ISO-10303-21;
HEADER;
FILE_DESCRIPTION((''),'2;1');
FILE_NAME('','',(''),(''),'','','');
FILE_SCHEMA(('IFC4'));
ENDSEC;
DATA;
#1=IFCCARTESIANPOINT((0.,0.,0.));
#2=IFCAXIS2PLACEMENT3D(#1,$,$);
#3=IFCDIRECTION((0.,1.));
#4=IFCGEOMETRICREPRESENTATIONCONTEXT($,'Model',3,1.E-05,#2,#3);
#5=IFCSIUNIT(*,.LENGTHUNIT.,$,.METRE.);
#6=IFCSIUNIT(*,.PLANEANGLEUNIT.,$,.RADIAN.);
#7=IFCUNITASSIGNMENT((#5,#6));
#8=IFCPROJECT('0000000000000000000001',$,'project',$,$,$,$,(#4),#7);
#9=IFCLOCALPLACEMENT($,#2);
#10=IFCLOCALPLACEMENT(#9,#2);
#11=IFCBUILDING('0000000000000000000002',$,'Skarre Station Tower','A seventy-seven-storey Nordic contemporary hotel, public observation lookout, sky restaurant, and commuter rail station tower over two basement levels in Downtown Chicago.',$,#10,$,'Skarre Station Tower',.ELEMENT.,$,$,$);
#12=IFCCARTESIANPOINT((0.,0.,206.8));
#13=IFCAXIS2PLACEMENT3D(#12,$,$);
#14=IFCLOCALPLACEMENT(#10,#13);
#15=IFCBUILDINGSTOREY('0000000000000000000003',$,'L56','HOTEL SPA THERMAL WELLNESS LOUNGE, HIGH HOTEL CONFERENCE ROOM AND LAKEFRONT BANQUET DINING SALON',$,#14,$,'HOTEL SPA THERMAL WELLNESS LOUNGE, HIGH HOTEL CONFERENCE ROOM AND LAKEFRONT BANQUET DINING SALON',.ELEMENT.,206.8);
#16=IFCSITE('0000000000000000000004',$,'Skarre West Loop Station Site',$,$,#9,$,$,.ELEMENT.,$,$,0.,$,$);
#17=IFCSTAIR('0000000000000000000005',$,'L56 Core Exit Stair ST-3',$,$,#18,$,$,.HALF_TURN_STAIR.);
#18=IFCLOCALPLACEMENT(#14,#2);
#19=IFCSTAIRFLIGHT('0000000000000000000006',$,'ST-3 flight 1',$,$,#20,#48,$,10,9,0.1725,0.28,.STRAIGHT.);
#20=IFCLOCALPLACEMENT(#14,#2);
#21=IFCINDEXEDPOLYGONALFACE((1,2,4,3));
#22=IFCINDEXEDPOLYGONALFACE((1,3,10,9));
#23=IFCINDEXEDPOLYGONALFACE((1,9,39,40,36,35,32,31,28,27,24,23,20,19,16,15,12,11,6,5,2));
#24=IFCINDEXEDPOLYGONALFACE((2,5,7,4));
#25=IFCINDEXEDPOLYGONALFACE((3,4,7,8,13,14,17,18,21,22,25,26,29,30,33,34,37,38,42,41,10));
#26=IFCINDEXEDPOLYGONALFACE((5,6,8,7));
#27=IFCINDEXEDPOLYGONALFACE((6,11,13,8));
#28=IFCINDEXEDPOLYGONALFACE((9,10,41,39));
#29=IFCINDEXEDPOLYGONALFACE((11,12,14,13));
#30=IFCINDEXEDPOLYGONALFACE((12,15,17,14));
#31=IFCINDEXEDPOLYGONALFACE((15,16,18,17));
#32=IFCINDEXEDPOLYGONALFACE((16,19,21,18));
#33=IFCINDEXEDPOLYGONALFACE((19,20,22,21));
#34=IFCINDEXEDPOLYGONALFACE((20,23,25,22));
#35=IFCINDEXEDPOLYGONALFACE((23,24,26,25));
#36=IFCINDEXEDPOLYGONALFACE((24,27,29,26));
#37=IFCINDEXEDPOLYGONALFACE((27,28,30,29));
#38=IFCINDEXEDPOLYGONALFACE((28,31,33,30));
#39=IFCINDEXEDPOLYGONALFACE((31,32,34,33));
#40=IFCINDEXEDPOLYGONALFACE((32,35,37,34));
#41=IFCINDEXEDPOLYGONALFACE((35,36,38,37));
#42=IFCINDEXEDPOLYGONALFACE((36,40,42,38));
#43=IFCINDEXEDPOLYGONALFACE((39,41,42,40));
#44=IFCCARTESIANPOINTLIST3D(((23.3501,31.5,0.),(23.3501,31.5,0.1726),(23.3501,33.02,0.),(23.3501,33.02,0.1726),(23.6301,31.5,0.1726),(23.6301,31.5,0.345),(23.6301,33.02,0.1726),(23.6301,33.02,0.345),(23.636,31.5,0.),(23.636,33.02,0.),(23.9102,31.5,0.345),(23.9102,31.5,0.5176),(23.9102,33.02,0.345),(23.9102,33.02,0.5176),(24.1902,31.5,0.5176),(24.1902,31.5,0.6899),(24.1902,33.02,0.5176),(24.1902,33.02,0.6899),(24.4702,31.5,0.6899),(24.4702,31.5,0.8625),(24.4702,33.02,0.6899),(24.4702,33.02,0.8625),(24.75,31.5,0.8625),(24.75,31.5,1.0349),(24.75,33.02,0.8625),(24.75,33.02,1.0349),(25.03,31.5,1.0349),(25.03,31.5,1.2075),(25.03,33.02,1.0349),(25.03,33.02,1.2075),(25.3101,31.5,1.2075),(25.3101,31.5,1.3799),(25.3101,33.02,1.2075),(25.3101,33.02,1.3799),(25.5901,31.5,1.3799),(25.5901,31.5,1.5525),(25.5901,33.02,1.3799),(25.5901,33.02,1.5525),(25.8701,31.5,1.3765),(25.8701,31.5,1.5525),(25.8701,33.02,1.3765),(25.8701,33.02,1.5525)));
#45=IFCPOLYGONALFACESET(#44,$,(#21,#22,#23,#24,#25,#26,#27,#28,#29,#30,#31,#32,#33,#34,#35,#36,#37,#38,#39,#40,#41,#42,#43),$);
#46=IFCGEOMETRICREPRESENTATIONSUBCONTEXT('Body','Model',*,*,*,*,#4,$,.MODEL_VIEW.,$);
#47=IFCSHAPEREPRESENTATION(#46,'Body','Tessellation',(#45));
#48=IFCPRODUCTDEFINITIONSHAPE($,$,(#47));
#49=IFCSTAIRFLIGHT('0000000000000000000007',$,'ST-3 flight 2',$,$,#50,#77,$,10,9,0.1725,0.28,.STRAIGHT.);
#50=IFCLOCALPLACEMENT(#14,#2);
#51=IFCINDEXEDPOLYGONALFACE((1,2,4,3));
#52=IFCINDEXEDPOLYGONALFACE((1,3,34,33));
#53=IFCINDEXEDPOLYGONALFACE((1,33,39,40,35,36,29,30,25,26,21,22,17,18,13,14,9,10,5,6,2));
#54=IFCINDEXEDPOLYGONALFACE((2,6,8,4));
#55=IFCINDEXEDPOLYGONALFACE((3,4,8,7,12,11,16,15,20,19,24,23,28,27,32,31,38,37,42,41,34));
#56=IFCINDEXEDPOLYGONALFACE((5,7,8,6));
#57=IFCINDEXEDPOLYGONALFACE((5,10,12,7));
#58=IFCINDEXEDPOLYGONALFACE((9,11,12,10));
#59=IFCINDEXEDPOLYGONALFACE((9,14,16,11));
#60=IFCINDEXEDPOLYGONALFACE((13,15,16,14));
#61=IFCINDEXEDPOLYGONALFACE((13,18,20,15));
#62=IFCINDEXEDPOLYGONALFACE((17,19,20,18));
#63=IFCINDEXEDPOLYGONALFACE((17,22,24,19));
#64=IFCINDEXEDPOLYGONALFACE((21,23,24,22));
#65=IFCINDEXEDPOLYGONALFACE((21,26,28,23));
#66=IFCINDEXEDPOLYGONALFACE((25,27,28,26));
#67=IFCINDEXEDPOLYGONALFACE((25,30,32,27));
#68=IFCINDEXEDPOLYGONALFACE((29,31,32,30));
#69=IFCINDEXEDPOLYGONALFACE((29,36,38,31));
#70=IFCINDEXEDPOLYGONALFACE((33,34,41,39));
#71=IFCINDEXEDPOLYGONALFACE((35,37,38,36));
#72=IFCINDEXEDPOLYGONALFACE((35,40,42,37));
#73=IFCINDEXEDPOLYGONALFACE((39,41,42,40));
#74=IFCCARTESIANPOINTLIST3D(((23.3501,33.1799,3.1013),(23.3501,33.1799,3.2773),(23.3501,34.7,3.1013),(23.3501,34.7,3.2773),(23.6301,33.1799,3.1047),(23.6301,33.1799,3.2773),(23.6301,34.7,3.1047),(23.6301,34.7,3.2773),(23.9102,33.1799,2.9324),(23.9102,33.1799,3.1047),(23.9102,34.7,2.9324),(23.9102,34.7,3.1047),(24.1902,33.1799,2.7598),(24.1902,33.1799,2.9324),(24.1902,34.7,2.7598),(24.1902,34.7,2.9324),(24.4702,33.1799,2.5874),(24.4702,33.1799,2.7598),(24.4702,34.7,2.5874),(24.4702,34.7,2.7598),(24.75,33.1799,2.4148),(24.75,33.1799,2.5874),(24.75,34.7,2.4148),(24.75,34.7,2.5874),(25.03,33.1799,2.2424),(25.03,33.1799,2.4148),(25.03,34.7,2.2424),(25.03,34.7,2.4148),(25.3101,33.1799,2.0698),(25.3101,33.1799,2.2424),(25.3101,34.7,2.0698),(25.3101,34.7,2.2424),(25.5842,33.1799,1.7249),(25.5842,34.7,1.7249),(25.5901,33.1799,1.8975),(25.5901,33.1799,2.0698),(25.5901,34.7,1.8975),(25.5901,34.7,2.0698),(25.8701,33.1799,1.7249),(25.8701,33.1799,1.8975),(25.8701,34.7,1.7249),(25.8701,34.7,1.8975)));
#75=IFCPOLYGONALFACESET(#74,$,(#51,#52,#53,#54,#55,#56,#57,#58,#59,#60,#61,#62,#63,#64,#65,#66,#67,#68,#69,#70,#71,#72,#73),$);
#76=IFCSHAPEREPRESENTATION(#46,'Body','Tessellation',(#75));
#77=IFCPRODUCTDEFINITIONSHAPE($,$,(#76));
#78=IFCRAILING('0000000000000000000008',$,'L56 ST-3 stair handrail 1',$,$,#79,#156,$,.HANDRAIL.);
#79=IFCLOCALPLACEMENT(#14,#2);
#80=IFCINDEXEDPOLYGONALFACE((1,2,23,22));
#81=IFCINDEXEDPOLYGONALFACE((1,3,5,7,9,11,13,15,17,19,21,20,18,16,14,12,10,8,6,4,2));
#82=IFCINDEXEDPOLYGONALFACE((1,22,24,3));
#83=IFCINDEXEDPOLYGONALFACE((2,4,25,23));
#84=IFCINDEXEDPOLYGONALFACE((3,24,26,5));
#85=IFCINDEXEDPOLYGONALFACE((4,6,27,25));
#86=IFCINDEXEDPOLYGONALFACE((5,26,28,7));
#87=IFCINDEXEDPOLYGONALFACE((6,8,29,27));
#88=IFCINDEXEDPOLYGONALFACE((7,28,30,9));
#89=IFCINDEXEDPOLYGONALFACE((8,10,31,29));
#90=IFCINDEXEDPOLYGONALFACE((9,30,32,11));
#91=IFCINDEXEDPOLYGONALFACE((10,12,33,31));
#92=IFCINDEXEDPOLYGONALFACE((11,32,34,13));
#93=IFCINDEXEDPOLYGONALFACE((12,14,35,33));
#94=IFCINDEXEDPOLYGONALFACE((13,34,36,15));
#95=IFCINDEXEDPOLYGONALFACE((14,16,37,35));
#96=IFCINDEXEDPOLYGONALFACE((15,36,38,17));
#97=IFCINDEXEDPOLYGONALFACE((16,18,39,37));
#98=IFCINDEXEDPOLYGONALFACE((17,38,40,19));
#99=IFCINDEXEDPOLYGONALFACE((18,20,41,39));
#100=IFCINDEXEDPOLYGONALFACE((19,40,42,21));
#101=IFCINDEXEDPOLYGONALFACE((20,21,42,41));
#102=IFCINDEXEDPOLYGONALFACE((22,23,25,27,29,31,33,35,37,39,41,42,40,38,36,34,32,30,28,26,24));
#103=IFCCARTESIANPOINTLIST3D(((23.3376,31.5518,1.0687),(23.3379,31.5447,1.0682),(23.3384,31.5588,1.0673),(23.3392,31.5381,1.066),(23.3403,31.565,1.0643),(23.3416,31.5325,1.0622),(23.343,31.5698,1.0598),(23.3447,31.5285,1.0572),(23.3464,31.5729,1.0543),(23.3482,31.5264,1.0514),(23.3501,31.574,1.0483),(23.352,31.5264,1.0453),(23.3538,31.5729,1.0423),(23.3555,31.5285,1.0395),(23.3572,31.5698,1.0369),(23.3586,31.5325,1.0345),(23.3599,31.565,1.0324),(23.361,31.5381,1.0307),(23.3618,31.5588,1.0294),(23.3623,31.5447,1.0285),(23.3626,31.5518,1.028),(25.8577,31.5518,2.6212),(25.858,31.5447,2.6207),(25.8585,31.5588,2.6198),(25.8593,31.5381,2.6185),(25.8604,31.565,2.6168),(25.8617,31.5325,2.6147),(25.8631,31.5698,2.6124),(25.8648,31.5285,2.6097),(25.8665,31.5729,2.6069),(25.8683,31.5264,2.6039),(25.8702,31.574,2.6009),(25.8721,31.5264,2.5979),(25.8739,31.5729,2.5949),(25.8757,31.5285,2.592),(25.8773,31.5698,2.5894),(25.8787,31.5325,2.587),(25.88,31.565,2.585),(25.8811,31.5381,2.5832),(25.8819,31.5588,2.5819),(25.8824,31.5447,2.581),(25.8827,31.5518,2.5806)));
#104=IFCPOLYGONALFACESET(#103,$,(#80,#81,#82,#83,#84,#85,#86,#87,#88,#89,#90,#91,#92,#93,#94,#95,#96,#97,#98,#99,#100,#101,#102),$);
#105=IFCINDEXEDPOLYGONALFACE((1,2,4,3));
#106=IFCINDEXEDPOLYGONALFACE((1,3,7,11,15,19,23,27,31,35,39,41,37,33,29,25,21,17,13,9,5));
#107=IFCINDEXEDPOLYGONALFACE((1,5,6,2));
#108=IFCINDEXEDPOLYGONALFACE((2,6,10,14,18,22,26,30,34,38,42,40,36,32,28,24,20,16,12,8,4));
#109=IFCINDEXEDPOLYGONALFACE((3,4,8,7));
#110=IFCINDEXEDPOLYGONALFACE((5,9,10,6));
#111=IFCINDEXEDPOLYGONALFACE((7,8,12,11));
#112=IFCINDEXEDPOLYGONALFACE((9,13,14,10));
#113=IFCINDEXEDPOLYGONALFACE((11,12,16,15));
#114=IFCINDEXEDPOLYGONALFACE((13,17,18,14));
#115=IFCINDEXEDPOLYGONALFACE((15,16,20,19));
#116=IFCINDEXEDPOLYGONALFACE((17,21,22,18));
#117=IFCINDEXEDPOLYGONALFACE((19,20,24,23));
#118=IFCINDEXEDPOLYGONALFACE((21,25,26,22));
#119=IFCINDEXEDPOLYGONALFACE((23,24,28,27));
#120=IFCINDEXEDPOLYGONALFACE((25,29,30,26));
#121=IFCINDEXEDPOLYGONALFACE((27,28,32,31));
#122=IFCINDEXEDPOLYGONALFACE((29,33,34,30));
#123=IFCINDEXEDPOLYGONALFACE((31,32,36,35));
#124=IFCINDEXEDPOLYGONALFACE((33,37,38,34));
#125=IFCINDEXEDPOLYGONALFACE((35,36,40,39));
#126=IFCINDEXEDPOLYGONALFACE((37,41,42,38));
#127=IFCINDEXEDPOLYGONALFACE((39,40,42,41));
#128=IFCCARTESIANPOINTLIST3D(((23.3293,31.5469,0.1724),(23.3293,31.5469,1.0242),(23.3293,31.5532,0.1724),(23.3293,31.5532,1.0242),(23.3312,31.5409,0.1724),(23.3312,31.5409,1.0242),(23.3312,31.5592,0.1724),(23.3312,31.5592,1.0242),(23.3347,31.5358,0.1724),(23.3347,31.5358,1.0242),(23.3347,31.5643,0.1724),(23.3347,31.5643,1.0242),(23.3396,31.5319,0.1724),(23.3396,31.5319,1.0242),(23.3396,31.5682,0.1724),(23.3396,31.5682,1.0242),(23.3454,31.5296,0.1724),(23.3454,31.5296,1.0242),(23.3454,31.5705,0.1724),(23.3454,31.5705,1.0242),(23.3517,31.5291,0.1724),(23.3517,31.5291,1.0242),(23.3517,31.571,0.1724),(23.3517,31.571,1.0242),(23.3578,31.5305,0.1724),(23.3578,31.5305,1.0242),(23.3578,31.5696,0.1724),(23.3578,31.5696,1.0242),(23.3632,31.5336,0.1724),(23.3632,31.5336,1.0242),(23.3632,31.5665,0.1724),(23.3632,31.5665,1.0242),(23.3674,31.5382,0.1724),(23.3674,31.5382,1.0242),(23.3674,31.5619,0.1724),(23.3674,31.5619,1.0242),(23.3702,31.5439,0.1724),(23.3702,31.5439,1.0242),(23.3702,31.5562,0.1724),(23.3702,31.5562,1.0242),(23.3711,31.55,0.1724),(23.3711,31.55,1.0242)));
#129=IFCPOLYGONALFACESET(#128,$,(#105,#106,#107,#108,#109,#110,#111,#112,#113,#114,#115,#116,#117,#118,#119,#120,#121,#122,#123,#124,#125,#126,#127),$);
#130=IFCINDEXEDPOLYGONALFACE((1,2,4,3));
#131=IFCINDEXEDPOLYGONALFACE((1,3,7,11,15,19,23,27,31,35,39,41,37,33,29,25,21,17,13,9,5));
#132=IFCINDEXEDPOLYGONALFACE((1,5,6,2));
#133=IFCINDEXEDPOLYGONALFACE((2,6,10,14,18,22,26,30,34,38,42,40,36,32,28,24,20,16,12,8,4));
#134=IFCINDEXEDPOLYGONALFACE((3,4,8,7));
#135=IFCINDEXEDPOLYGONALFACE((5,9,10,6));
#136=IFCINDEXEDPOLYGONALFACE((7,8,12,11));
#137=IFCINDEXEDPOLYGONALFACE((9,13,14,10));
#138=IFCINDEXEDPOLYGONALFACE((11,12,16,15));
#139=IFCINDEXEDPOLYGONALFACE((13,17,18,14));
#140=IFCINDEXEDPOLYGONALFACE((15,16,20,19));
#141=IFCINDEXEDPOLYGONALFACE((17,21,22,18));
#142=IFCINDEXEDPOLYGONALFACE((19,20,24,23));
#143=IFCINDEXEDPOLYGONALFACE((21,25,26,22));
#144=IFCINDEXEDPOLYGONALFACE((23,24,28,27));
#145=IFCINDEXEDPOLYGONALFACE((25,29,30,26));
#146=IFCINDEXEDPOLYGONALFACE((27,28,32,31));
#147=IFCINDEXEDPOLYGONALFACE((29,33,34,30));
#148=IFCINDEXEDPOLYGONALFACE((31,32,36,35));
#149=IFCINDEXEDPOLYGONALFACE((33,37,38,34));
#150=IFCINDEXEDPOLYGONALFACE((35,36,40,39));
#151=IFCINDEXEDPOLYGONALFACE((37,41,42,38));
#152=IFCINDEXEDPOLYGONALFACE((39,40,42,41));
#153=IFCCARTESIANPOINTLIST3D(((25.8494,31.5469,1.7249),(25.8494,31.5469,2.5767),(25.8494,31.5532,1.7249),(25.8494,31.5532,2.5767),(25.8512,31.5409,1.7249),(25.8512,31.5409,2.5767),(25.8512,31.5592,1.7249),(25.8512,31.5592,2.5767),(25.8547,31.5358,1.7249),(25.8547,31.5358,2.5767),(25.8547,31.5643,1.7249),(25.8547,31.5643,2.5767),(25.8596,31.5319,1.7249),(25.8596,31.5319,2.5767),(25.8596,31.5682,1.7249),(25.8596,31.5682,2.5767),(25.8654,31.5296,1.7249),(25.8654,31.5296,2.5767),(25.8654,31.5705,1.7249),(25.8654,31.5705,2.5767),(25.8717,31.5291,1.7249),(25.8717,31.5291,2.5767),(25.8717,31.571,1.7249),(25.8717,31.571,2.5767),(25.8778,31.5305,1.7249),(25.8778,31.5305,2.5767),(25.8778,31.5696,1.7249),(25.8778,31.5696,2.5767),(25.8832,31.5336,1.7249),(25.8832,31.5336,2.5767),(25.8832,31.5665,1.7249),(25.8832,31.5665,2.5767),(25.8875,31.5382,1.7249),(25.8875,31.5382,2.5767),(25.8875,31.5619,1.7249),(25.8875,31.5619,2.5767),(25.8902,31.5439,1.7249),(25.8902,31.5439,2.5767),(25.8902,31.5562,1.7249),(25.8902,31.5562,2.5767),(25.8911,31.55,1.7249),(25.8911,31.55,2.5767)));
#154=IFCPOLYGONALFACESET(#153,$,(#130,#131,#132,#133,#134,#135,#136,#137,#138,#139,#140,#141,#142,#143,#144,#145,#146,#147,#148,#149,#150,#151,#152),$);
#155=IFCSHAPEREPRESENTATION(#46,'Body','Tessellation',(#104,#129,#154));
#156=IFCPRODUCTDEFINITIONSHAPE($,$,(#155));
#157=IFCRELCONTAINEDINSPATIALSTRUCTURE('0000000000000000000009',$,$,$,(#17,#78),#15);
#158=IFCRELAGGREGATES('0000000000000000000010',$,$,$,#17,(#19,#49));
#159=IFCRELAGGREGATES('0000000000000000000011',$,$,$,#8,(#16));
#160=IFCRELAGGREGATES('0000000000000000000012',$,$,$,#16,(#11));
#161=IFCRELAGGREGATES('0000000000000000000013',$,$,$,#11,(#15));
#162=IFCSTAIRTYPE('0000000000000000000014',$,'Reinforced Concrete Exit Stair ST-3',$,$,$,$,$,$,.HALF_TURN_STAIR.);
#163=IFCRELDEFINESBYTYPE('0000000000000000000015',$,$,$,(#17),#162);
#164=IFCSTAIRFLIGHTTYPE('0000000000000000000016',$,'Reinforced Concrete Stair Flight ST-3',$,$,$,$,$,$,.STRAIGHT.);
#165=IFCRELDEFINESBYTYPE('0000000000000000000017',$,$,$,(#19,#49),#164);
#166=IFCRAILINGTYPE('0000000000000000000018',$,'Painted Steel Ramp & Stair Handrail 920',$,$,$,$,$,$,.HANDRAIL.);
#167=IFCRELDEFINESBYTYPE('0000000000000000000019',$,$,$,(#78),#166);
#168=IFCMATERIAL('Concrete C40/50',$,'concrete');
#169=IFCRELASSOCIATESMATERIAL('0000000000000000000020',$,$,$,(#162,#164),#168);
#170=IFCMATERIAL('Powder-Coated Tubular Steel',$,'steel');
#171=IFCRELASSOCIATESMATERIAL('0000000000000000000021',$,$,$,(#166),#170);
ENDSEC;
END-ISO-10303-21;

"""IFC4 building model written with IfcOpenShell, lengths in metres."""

from ifc_helpers import new_model, si_unit, direction, frame, origin, origin_2d, place, context, subcontext, project, spatial, polyline, circle, outline, extrude, material, type_object, element, aggregate, save


model = new_model("IFC4")

# Units and contexts
model_context = context("Model", 3, precision=1e-05, world=origin(), true_north=direction((0.0, 1.0)))
body_context = subcontext(model_context, "Body", "Model", "MODEL_VIEW")
ifc_project = project(units=[si_unit("LENGTHUNIT", "METRE"), si_unit("PLANEANGLEUNIT", "RADIAN")], contexts=[model_context])

# Site, building, storey
site_placement = place(None, origin())
site = spatial("IfcSite", under=ifc_project, at=site_placement, Name="Skarre West Loop Station Site", CompositionType="ELEMENT", RefElevation=0.0)
building_placement = place(site_placement, origin())
building = spatial("IfcBuilding", under=site, at=building_placement, Name="Skarre Station Tower", Description="A seventy-seven-storey Nordic contemporary hotel, public observation lookout, sky restaurant, and commuter rail station tower over two basement levels in Downtown Chicago.", LongName="Skarre Station Tower", CompositionType="ELEMENT")
storey_placement = place(building_placement, frame((0.0, 0.0, 206.8)))
storey = spatial("IfcBuildingStorey", under=building, at=storey_placement, Name="L56", Description="HOTEL SPA THERMAL WELLNESS LOUNGE, HIGH HOTEL CONFERENCE ROOM AND LAKEFRONT BANQUET DINING SALON", LongName="HOTEL SPA THERMAL WELLNESS LOUNGE, HIGH HOTEL CONFERENCE ROOM AND LAKEFRONT BANQUET DINING SALON", CompositionType="ELEMENT", Elevation=206.8)

# Stair, stair flights
ifc_material_1 = material(Name="Concrete C40/50", Category="concrete")
stair_type = type_object("IfcStairType", Name="Reinforced Concrete Exit Stair ST-3", PredefinedType="HALF_TURN_STAIR", material=ifc_material_1)
stair_placement = place(storey_placement, origin())
stair = element("IfcStair", 1, at=stair_placement, inside=storey, type_object=stair_type, Name="L56 Core Exit Stair ST-3", PredefinedType="HALF_TURN_STAIR")
stair_flight_type = type_object("IfcStairFlightType", Name="Reinforced Concrete Stair Flight ST-3", PredefinedType="STRAIGHT", material=ifc_material_1)
stair_flight_1_placement = place(storey_placement, frame((23.3501, 32.26, 0.0), z_axis=(0.0, 0.0, 1.0), x_axis=(1.0, 0.0, 0.0)))
stair_flight_1 = element("IfcStairFlight", 2, at=stair_flight_1_placement, type_object=stair_flight_type, Name="ST-3 flight 1", NumberOfRisers=10, NumberOfTreads=9, PredefinedType="STRAIGHT", RiserHeight=0.1725, TreadLength=0.28, context=body_context, shape_type="SweptSolid", body=[
    extrude(outline(polyline([(0.0, 0.0), (0.0, 0.1726), (0.28, 0.1726), (0.28, 0.345), (0.5601, 0.345), (0.5601, 0.5176), (0.8401, 0.5176), (0.8401, 0.6899), (1.1201, 0.6899), (1.1201, 0.8625), (1.3999, 0.8625), (1.3999, 1.0349), (1.6799, 1.0349), (1.6799, 1.2075), (1.96, 1.2075), (1.96, 1.3799), (2.24, 1.3799), (2.24, 1.5525), (2.52, 1.5525), (2.52, 1.7251), (2.52, 1.3765), (0.2859, 0.0), (0.0, 0.0)])), frame((0.0, 0.76, 0.0), z_axis=(0.0, -1.0, 0.0), x_axis=(1.0, 0.0, 0.0)), (0.0, 0.0, 1.0), 1.52),
])
stair_flight_2_placement = place(storey_placement, frame((25.8701, 33.9399, 1.7249), z_axis=(0.0, 0.0, 1.0), x_axis=(-1.0, 0.0, 0.0)))
stair_flight_2 = element("IfcStairFlight", 3, at=stair_flight_2_placement, type_object=stair_flight_type, Name="ST-3 flight 2", NumberOfRisers=10, NumberOfTreads=9, PredefinedType="STRAIGHT", RiserHeight=0.1725, TreadLength=0.28, context=body_context, shape_type="SweptSolid", body=[
    extrude(outline(polyline([(0.0, 0.0), (0.0, 0.1726), (0.28, 0.1726), (0.28, 0.345), (0.5601, 0.345), (0.5601, 0.5176), (0.8401, 0.5176), (0.8401, 0.6899), (1.1201, 0.6899), (1.1201, 0.8625), (1.3999, 0.8625), (1.3999, 1.0349), (1.6799, 1.0349), (1.6799, 1.2075), (1.96, 1.2075), (1.96, 1.3799), (2.24, 1.3799), (2.24, 1.5525), (2.52, 1.5525), (2.52, 1.7251), (2.52, 1.3765), (0.2859, 0.0), (0.0, 0.0)])), frame((0.0, 0.76, 0.0), z_axis=(0.0, -1.0, 0.0), x_axis=(1.0, 0.0, 0.0)), (0.0, 0.0, 1.0), 1.52),
])
aggregate(stair, [stair_flight_1, stair_flight_2])

# Railing
ifc_material_2 = material(Name="Powder-Coated Tubular Steel", Category="steel")
railing_type_1 = type_object("IfcRailingType", Name="Painted Steel Ramp & Stair Handrail 920", PredefinedType="HANDRAIL", material=ifc_material_2)
railing_1_placement = place(storey_placement, frame((23.3501, 31.55, 0.1724)))
element("IfcRailing", 4, at=railing_1_placement, inside=storey, type_object=railing_type_1, Name="L56 ST-3 stair handrail 1", PredefinedType="HANDRAIL", context=body_context, shape_type="SweptSolid", body=[
    extrude(circle(Radius=0.0239, at=origin_2d()), frame((0.0, 0.0, 0.876), z_axis=(0.8514, 0.0, 0.524516), x_axis=(0.0, 1.0, 0.0)), (0.0, 0.0, 1.0), 2.96),
    extrude(circle(Radius=0.021, at=origin_2d()), origin(), (0.0, 0.0, 1.0), 0.8518),
    extrude(circle(Radius=0.021, at=origin_2d()), frame((2.52, 0.0, 1.5525)), (0.0, 0.0, 1.0), 0.8518),
])

save(model, "model.ifc")
